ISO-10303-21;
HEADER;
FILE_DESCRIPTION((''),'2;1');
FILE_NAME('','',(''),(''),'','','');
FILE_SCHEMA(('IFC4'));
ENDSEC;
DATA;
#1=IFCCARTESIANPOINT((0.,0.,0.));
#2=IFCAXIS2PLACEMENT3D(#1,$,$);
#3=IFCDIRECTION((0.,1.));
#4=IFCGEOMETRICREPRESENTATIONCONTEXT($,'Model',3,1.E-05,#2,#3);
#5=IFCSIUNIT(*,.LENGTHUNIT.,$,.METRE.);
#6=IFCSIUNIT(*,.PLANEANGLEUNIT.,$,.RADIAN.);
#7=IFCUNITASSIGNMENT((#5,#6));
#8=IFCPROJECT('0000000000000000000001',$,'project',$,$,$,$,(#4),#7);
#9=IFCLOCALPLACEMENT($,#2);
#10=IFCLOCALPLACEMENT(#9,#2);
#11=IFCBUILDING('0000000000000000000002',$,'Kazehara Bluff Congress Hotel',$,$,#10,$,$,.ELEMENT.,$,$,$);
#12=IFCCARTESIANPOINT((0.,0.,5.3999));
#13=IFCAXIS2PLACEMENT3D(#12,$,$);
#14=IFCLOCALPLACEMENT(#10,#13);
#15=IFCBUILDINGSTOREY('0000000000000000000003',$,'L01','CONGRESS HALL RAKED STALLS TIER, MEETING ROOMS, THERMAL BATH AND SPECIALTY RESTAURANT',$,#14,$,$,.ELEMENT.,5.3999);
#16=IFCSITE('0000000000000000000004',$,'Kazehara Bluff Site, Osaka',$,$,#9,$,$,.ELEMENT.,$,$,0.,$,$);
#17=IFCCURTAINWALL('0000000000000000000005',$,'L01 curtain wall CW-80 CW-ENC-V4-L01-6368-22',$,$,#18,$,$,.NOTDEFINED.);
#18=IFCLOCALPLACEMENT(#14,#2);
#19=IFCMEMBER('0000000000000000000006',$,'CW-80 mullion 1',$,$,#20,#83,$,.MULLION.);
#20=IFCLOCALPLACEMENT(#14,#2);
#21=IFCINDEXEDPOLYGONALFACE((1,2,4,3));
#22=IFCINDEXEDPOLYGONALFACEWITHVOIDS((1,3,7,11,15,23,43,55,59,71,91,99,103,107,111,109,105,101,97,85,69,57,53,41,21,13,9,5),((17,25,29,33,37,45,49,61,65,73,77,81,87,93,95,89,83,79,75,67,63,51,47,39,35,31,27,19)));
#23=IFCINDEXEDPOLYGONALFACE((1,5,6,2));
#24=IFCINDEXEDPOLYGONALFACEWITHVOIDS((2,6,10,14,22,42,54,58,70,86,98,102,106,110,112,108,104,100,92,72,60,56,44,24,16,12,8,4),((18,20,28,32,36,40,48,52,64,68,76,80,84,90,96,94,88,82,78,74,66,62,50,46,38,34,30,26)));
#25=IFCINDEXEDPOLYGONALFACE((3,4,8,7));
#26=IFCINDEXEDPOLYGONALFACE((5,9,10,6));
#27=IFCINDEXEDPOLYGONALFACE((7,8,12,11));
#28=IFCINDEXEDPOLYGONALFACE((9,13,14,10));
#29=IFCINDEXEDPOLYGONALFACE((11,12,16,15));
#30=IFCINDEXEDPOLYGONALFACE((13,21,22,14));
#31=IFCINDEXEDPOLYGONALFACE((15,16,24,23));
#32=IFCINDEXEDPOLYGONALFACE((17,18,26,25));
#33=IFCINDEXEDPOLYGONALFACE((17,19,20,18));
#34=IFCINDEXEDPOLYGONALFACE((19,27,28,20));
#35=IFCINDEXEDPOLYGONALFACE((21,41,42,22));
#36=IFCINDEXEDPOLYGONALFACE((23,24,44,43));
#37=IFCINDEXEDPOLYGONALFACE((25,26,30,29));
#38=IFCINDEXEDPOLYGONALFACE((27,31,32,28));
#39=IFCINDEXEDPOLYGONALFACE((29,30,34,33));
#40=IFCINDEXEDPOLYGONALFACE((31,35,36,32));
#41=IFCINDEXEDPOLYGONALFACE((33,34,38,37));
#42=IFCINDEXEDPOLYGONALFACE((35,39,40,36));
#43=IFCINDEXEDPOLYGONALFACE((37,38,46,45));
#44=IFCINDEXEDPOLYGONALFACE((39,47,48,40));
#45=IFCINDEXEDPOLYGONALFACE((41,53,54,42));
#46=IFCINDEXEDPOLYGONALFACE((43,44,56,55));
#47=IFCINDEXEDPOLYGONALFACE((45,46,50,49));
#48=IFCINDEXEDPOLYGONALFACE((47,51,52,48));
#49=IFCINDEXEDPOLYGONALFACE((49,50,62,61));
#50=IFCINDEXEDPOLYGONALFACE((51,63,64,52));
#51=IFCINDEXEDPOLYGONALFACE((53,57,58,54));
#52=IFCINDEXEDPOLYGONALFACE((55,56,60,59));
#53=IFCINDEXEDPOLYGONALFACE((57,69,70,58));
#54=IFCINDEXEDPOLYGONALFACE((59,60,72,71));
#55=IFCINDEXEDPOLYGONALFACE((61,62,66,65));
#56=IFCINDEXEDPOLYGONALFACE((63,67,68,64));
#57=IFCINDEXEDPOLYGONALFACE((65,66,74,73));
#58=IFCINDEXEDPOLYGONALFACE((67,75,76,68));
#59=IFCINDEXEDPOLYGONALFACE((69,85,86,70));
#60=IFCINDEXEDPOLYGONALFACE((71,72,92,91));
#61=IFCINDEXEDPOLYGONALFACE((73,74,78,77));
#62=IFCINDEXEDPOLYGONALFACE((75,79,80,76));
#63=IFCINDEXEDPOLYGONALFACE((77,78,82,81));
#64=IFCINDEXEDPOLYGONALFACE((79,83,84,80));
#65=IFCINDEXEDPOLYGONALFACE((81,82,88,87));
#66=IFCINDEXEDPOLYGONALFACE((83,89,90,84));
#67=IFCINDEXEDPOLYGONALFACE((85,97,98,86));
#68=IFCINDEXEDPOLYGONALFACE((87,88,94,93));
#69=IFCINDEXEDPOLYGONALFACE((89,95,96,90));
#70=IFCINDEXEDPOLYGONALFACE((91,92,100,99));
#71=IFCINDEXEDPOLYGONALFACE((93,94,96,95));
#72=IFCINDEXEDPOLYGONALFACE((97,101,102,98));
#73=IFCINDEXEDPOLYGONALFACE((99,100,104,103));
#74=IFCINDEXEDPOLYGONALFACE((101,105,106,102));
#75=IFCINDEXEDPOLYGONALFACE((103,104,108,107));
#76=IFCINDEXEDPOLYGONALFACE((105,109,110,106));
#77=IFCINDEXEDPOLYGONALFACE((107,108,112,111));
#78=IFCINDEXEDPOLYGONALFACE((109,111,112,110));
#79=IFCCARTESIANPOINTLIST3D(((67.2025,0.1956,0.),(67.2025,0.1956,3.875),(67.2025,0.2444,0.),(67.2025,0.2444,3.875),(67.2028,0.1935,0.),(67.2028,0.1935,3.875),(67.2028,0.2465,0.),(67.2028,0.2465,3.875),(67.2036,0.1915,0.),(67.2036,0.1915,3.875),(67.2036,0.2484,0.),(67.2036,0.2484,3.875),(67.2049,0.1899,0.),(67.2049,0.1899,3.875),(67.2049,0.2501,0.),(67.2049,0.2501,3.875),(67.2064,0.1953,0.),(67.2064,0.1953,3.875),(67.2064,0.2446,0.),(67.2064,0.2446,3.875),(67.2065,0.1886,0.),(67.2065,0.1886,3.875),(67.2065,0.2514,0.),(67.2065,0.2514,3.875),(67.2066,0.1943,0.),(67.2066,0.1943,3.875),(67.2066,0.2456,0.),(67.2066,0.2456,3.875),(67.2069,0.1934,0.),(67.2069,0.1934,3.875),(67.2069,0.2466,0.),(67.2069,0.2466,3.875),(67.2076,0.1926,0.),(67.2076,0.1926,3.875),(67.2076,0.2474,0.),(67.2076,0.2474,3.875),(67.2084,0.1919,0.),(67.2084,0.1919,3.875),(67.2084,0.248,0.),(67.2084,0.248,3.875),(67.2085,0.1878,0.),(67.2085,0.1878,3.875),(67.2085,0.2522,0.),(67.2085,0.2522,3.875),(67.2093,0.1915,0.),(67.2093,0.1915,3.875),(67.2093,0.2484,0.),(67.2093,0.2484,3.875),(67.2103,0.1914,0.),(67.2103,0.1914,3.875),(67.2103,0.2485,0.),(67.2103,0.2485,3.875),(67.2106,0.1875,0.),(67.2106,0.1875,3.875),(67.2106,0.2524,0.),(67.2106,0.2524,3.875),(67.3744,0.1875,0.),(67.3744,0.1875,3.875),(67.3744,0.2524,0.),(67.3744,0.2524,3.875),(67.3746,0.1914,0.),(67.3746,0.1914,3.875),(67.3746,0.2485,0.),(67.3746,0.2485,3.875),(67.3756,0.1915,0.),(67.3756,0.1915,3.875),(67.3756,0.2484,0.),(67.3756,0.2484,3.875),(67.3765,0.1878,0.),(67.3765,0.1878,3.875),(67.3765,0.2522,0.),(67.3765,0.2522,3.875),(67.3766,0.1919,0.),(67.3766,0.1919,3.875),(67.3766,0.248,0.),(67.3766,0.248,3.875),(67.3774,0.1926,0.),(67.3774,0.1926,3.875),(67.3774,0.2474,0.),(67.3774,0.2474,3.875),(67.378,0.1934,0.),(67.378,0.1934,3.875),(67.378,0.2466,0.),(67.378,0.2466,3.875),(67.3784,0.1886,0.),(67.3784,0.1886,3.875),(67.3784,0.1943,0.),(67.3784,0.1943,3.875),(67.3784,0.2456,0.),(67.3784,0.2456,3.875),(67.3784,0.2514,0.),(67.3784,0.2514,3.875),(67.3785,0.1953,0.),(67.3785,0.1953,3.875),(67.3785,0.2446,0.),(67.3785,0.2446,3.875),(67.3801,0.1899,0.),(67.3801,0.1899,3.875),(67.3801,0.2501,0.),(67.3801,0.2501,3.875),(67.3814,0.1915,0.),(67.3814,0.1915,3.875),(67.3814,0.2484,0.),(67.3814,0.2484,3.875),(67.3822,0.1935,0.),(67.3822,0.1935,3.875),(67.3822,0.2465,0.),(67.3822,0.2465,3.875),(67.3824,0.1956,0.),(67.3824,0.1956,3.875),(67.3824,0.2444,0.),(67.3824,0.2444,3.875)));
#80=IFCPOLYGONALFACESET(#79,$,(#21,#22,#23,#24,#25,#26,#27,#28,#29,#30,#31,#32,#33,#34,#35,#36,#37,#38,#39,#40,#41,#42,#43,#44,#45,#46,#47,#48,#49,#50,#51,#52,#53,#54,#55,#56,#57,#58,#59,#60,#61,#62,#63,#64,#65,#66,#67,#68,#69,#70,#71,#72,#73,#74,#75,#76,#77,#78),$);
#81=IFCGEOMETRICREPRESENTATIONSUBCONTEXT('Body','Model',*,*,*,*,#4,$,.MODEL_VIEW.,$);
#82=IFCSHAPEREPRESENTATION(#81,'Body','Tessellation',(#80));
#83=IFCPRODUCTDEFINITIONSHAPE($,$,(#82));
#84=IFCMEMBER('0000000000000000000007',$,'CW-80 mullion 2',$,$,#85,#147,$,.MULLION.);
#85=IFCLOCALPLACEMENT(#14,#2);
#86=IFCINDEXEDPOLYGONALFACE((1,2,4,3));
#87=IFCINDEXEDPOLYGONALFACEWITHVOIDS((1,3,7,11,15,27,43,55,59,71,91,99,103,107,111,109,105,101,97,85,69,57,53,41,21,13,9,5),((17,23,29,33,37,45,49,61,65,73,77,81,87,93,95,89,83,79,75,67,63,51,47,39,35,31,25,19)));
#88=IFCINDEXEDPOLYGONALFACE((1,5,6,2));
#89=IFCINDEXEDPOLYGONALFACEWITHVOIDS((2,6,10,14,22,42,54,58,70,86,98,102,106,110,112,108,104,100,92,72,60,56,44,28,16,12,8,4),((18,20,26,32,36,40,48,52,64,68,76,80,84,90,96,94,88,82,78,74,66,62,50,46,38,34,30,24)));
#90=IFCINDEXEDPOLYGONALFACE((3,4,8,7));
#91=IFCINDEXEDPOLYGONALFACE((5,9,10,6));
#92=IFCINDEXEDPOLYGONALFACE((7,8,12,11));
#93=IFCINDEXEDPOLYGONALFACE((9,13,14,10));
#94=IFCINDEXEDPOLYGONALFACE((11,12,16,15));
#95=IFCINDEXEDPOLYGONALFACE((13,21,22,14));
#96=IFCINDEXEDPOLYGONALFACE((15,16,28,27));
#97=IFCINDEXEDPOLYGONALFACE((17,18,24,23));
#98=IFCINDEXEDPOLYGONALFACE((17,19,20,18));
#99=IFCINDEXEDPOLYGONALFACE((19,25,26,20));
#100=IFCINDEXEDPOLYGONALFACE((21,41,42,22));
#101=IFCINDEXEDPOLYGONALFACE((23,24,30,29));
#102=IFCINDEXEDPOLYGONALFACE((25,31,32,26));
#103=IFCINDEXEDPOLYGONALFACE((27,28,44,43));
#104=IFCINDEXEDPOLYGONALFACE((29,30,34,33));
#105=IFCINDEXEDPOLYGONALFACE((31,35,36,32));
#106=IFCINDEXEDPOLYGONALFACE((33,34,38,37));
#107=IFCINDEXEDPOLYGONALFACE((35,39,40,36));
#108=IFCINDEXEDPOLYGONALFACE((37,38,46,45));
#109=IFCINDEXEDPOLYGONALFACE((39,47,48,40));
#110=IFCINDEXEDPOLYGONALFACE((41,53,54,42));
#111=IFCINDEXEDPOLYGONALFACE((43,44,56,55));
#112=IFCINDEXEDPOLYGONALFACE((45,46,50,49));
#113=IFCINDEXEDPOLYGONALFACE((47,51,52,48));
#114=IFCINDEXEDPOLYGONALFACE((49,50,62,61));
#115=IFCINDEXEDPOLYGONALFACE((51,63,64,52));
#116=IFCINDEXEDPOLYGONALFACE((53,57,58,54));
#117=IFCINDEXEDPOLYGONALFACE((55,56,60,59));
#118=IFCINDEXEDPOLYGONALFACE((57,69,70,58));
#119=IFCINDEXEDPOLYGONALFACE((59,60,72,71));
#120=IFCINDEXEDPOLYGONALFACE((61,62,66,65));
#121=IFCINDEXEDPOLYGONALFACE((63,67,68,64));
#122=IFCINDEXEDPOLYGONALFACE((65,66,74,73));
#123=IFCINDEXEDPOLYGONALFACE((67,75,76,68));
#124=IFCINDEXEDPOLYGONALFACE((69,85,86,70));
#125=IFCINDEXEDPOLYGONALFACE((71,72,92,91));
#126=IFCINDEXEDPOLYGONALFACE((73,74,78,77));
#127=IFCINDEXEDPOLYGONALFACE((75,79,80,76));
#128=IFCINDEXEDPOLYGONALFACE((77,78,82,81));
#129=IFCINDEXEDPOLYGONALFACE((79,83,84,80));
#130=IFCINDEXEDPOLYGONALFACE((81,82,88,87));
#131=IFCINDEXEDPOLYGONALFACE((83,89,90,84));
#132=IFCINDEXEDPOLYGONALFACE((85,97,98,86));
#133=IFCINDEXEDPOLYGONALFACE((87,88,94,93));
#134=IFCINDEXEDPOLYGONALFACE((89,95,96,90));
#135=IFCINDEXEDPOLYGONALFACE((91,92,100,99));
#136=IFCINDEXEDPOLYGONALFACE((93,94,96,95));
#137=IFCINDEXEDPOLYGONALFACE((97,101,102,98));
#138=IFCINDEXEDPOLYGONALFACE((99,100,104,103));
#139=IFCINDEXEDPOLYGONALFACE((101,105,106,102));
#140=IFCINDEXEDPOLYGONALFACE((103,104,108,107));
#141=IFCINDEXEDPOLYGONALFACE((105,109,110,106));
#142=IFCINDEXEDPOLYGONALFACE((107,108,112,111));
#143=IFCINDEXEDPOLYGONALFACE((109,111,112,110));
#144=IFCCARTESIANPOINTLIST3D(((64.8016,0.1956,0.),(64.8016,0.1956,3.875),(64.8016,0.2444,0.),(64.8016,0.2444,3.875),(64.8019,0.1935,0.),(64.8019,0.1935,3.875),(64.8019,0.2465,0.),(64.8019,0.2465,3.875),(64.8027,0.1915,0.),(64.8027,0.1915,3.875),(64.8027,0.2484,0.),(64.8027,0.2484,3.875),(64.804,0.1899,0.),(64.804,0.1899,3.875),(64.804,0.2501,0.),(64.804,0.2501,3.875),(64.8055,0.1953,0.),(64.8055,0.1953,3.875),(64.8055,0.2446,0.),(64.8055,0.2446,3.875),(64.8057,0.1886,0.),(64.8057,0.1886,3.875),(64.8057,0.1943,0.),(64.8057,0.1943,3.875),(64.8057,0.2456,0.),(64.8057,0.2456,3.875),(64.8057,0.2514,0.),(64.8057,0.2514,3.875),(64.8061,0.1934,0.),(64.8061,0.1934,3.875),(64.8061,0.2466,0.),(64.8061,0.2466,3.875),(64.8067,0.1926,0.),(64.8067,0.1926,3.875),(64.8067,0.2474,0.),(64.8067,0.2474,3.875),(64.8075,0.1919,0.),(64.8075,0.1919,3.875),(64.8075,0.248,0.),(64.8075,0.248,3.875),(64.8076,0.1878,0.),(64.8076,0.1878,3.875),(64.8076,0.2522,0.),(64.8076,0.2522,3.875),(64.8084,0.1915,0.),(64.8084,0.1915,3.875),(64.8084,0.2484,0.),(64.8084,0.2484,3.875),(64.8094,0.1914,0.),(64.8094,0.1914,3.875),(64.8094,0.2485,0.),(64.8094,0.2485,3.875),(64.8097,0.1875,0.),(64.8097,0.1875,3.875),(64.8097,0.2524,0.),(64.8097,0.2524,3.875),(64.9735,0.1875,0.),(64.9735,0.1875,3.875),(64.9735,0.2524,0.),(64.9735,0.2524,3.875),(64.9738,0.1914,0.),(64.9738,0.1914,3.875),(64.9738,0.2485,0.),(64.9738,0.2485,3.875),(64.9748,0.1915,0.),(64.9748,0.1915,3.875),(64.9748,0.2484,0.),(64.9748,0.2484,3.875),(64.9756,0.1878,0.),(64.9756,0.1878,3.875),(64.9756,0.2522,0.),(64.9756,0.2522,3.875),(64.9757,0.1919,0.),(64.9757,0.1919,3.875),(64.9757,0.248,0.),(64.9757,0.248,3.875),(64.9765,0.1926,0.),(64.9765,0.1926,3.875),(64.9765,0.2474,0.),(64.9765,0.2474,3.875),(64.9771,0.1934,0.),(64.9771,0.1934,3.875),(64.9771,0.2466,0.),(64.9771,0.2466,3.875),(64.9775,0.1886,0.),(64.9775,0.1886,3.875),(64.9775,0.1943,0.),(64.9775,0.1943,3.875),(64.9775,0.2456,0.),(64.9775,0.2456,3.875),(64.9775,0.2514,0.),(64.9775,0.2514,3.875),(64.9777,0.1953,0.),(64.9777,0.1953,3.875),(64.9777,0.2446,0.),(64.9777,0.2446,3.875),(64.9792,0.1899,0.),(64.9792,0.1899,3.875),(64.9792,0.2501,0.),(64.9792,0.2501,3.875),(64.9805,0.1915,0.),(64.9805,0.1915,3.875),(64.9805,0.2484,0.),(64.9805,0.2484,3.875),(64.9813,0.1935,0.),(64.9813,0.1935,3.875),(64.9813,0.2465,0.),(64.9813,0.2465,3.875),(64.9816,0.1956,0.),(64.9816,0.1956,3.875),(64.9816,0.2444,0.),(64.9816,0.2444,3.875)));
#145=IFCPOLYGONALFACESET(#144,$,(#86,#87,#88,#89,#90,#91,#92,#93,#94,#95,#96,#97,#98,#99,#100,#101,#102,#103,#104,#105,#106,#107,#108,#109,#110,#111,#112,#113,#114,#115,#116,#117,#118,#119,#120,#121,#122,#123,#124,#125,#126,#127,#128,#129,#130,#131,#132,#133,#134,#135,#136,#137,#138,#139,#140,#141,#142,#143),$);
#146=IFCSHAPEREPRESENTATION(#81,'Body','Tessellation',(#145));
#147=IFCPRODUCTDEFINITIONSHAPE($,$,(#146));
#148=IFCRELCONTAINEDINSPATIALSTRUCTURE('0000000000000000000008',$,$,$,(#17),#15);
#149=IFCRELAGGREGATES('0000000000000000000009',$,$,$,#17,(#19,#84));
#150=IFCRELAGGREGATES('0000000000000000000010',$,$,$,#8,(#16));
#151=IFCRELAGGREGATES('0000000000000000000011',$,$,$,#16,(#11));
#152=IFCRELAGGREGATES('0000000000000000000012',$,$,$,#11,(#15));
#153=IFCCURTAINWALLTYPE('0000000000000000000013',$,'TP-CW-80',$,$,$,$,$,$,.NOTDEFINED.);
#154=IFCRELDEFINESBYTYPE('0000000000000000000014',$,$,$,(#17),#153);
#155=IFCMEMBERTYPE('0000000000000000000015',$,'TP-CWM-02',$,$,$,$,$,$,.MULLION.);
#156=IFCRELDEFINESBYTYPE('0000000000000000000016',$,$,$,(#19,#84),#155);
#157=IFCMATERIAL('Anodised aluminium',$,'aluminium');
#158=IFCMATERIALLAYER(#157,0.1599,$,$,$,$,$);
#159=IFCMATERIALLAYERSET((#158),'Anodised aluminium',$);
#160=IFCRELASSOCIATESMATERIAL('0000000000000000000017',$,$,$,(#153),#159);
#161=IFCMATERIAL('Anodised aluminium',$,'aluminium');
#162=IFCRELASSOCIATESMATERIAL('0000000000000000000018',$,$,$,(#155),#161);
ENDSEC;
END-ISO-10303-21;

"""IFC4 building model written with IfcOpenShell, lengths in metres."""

from ifc_helpers import new_model, si_unit, direction, frame, origin, origin_2d, place, context, subcontext, project, spatial, hollow_rectangle, extrude, material, layer, layer_set, material_profile, profile_set, type_object, element, aggregate, save


model = new_model("IFC4")

# Units and contexts
model_context = context("Model", 3, precision=1e-05, world=origin(), true_north=direction((0.0, 1.0)))
body_context = subcontext(model_context, "Body", "Model", "MODEL_VIEW")
ifc_project = project(units=[si_unit("LENGTHUNIT", "METRE"), si_unit("PLANEANGLEUNIT", "RADIAN")], contexts=[model_context])

# Site, building, storey
site_placement = place(None, origin())
site = spatial("IfcSite", under=ifc_project, at=site_placement, Name="Kazehara Bluff Site, Osaka", CompositionType="ELEMENT", RefElevation=0.0)
building_placement = place(site_placement, origin())
building = spatial("IfcBuilding", under=site, at=building_placement, Name="Kazehara Bluff Congress Hotel", CompositionType="ELEMENT")
storey_placement = place(building_placement, frame((0.0, 0.0, 5.3999)))
storey = spatial("IfcBuildingStorey", under=building, at=storey_placement, Name="L01", Description="CONGRESS HALL RAKED STALLS TIER, MEETING ROOMS, THERMAL BATH AND SPECIALTY RESTAURANT", CompositionType="ELEMENT", Elevation=5.3999)

# Curtain wall, members
ifc_material_1 = material(Name="Anodised aluminium", Category="aluminium")
ifc_layer_1 = layer(ifc_material_1, 0.1599)
ifc_layer_set_1 = layer_set([ifc_layer_1], Name="Anodised aluminium")
curtain_wall_type_1 = type_object("IfcCurtainWallType", Name="TP-CW-80", PredefinedType="NOTDEFINED", material=ifc_layer_set_1)
curtain_wall_1_placement = place(storey_placement, origin())
curtain_wall_1 = element("IfcCurtainWall", 1, at=curtain_wall_1_placement, inside=storey, type_object=curtain_wall_type_1, Name="L01 curtain wall CW-80 CW-ENC-V4-L01-6368-22", PredefinedType="NOTDEFINED")
ifc_material_2 = material(Name="Anodised aluminium", Category="aluminium")
ifc_material_profile_1 = material_profile(ifc_material_2, hollow_rectangle(XDim=0.0649, YDim=0.1799, WallThickness=0.0039, InnerFilletRadius=0.0039, OuterFilletRadius=0.0081, at=origin_2d()))
ifc_profile_set_1 = profile_set([ifc_material_profile_1], Name="Anodised aluminium")
member_type_1 = type_object("IfcMemberType", Name="TP-CWM-02", PredefinedType="MULLION", material=ifc_profile_set_1)
member_1_placement = place(storey_placement, frame((67.2925, 0.22, 0.0), z_axis=(0.0, 0.0, 1.0), x_axis=(0.0, -1.0, 0.0)))
member_1 = element("IfcMember", 2, at=member_1_placement, type_object=member_type_1, Name="CW-80 mullion 1", PredefinedType="MULLION", context=body_context, shape_type="SweptSolid", body=[
    extrude(hollow_rectangle(XDim=0.0649, YDim=0.1799, WallThickness=0.0039, InnerFilletRadius=0.0039, OuterFilletRadius=0.0081, at=origin_2d()), origin(), (0.0, 0.0, 1.0), 3.875),
])
member_2_placement = place(storey_placement, frame((64.8916, 0.22, 0.0), z_axis=(0.0, 0.0, 1.0), x_axis=(0.0, -1.0, 0.0)))
member_2 = element("IfcMember", 3, at=member_2_placement, type_object=member_type_1, Name="CW-80 mullion 2", PredefinedType="MULLION", context=body_context, shape_type="SweptSolid", body=[
    extrude(hollow_rectangle(XDim=0.0649, YDim=0.1799, WallThickness=0.0039, InnerFilletRadius=0.0039, OuterFilletRadius=0.0081, at=origin_2d()), origin(), (0.0, 0.0, 1.0), 3.875),
])

aggregate(curtain_wall_1, [member_1, member_2])

save(model, "model.ifc")
